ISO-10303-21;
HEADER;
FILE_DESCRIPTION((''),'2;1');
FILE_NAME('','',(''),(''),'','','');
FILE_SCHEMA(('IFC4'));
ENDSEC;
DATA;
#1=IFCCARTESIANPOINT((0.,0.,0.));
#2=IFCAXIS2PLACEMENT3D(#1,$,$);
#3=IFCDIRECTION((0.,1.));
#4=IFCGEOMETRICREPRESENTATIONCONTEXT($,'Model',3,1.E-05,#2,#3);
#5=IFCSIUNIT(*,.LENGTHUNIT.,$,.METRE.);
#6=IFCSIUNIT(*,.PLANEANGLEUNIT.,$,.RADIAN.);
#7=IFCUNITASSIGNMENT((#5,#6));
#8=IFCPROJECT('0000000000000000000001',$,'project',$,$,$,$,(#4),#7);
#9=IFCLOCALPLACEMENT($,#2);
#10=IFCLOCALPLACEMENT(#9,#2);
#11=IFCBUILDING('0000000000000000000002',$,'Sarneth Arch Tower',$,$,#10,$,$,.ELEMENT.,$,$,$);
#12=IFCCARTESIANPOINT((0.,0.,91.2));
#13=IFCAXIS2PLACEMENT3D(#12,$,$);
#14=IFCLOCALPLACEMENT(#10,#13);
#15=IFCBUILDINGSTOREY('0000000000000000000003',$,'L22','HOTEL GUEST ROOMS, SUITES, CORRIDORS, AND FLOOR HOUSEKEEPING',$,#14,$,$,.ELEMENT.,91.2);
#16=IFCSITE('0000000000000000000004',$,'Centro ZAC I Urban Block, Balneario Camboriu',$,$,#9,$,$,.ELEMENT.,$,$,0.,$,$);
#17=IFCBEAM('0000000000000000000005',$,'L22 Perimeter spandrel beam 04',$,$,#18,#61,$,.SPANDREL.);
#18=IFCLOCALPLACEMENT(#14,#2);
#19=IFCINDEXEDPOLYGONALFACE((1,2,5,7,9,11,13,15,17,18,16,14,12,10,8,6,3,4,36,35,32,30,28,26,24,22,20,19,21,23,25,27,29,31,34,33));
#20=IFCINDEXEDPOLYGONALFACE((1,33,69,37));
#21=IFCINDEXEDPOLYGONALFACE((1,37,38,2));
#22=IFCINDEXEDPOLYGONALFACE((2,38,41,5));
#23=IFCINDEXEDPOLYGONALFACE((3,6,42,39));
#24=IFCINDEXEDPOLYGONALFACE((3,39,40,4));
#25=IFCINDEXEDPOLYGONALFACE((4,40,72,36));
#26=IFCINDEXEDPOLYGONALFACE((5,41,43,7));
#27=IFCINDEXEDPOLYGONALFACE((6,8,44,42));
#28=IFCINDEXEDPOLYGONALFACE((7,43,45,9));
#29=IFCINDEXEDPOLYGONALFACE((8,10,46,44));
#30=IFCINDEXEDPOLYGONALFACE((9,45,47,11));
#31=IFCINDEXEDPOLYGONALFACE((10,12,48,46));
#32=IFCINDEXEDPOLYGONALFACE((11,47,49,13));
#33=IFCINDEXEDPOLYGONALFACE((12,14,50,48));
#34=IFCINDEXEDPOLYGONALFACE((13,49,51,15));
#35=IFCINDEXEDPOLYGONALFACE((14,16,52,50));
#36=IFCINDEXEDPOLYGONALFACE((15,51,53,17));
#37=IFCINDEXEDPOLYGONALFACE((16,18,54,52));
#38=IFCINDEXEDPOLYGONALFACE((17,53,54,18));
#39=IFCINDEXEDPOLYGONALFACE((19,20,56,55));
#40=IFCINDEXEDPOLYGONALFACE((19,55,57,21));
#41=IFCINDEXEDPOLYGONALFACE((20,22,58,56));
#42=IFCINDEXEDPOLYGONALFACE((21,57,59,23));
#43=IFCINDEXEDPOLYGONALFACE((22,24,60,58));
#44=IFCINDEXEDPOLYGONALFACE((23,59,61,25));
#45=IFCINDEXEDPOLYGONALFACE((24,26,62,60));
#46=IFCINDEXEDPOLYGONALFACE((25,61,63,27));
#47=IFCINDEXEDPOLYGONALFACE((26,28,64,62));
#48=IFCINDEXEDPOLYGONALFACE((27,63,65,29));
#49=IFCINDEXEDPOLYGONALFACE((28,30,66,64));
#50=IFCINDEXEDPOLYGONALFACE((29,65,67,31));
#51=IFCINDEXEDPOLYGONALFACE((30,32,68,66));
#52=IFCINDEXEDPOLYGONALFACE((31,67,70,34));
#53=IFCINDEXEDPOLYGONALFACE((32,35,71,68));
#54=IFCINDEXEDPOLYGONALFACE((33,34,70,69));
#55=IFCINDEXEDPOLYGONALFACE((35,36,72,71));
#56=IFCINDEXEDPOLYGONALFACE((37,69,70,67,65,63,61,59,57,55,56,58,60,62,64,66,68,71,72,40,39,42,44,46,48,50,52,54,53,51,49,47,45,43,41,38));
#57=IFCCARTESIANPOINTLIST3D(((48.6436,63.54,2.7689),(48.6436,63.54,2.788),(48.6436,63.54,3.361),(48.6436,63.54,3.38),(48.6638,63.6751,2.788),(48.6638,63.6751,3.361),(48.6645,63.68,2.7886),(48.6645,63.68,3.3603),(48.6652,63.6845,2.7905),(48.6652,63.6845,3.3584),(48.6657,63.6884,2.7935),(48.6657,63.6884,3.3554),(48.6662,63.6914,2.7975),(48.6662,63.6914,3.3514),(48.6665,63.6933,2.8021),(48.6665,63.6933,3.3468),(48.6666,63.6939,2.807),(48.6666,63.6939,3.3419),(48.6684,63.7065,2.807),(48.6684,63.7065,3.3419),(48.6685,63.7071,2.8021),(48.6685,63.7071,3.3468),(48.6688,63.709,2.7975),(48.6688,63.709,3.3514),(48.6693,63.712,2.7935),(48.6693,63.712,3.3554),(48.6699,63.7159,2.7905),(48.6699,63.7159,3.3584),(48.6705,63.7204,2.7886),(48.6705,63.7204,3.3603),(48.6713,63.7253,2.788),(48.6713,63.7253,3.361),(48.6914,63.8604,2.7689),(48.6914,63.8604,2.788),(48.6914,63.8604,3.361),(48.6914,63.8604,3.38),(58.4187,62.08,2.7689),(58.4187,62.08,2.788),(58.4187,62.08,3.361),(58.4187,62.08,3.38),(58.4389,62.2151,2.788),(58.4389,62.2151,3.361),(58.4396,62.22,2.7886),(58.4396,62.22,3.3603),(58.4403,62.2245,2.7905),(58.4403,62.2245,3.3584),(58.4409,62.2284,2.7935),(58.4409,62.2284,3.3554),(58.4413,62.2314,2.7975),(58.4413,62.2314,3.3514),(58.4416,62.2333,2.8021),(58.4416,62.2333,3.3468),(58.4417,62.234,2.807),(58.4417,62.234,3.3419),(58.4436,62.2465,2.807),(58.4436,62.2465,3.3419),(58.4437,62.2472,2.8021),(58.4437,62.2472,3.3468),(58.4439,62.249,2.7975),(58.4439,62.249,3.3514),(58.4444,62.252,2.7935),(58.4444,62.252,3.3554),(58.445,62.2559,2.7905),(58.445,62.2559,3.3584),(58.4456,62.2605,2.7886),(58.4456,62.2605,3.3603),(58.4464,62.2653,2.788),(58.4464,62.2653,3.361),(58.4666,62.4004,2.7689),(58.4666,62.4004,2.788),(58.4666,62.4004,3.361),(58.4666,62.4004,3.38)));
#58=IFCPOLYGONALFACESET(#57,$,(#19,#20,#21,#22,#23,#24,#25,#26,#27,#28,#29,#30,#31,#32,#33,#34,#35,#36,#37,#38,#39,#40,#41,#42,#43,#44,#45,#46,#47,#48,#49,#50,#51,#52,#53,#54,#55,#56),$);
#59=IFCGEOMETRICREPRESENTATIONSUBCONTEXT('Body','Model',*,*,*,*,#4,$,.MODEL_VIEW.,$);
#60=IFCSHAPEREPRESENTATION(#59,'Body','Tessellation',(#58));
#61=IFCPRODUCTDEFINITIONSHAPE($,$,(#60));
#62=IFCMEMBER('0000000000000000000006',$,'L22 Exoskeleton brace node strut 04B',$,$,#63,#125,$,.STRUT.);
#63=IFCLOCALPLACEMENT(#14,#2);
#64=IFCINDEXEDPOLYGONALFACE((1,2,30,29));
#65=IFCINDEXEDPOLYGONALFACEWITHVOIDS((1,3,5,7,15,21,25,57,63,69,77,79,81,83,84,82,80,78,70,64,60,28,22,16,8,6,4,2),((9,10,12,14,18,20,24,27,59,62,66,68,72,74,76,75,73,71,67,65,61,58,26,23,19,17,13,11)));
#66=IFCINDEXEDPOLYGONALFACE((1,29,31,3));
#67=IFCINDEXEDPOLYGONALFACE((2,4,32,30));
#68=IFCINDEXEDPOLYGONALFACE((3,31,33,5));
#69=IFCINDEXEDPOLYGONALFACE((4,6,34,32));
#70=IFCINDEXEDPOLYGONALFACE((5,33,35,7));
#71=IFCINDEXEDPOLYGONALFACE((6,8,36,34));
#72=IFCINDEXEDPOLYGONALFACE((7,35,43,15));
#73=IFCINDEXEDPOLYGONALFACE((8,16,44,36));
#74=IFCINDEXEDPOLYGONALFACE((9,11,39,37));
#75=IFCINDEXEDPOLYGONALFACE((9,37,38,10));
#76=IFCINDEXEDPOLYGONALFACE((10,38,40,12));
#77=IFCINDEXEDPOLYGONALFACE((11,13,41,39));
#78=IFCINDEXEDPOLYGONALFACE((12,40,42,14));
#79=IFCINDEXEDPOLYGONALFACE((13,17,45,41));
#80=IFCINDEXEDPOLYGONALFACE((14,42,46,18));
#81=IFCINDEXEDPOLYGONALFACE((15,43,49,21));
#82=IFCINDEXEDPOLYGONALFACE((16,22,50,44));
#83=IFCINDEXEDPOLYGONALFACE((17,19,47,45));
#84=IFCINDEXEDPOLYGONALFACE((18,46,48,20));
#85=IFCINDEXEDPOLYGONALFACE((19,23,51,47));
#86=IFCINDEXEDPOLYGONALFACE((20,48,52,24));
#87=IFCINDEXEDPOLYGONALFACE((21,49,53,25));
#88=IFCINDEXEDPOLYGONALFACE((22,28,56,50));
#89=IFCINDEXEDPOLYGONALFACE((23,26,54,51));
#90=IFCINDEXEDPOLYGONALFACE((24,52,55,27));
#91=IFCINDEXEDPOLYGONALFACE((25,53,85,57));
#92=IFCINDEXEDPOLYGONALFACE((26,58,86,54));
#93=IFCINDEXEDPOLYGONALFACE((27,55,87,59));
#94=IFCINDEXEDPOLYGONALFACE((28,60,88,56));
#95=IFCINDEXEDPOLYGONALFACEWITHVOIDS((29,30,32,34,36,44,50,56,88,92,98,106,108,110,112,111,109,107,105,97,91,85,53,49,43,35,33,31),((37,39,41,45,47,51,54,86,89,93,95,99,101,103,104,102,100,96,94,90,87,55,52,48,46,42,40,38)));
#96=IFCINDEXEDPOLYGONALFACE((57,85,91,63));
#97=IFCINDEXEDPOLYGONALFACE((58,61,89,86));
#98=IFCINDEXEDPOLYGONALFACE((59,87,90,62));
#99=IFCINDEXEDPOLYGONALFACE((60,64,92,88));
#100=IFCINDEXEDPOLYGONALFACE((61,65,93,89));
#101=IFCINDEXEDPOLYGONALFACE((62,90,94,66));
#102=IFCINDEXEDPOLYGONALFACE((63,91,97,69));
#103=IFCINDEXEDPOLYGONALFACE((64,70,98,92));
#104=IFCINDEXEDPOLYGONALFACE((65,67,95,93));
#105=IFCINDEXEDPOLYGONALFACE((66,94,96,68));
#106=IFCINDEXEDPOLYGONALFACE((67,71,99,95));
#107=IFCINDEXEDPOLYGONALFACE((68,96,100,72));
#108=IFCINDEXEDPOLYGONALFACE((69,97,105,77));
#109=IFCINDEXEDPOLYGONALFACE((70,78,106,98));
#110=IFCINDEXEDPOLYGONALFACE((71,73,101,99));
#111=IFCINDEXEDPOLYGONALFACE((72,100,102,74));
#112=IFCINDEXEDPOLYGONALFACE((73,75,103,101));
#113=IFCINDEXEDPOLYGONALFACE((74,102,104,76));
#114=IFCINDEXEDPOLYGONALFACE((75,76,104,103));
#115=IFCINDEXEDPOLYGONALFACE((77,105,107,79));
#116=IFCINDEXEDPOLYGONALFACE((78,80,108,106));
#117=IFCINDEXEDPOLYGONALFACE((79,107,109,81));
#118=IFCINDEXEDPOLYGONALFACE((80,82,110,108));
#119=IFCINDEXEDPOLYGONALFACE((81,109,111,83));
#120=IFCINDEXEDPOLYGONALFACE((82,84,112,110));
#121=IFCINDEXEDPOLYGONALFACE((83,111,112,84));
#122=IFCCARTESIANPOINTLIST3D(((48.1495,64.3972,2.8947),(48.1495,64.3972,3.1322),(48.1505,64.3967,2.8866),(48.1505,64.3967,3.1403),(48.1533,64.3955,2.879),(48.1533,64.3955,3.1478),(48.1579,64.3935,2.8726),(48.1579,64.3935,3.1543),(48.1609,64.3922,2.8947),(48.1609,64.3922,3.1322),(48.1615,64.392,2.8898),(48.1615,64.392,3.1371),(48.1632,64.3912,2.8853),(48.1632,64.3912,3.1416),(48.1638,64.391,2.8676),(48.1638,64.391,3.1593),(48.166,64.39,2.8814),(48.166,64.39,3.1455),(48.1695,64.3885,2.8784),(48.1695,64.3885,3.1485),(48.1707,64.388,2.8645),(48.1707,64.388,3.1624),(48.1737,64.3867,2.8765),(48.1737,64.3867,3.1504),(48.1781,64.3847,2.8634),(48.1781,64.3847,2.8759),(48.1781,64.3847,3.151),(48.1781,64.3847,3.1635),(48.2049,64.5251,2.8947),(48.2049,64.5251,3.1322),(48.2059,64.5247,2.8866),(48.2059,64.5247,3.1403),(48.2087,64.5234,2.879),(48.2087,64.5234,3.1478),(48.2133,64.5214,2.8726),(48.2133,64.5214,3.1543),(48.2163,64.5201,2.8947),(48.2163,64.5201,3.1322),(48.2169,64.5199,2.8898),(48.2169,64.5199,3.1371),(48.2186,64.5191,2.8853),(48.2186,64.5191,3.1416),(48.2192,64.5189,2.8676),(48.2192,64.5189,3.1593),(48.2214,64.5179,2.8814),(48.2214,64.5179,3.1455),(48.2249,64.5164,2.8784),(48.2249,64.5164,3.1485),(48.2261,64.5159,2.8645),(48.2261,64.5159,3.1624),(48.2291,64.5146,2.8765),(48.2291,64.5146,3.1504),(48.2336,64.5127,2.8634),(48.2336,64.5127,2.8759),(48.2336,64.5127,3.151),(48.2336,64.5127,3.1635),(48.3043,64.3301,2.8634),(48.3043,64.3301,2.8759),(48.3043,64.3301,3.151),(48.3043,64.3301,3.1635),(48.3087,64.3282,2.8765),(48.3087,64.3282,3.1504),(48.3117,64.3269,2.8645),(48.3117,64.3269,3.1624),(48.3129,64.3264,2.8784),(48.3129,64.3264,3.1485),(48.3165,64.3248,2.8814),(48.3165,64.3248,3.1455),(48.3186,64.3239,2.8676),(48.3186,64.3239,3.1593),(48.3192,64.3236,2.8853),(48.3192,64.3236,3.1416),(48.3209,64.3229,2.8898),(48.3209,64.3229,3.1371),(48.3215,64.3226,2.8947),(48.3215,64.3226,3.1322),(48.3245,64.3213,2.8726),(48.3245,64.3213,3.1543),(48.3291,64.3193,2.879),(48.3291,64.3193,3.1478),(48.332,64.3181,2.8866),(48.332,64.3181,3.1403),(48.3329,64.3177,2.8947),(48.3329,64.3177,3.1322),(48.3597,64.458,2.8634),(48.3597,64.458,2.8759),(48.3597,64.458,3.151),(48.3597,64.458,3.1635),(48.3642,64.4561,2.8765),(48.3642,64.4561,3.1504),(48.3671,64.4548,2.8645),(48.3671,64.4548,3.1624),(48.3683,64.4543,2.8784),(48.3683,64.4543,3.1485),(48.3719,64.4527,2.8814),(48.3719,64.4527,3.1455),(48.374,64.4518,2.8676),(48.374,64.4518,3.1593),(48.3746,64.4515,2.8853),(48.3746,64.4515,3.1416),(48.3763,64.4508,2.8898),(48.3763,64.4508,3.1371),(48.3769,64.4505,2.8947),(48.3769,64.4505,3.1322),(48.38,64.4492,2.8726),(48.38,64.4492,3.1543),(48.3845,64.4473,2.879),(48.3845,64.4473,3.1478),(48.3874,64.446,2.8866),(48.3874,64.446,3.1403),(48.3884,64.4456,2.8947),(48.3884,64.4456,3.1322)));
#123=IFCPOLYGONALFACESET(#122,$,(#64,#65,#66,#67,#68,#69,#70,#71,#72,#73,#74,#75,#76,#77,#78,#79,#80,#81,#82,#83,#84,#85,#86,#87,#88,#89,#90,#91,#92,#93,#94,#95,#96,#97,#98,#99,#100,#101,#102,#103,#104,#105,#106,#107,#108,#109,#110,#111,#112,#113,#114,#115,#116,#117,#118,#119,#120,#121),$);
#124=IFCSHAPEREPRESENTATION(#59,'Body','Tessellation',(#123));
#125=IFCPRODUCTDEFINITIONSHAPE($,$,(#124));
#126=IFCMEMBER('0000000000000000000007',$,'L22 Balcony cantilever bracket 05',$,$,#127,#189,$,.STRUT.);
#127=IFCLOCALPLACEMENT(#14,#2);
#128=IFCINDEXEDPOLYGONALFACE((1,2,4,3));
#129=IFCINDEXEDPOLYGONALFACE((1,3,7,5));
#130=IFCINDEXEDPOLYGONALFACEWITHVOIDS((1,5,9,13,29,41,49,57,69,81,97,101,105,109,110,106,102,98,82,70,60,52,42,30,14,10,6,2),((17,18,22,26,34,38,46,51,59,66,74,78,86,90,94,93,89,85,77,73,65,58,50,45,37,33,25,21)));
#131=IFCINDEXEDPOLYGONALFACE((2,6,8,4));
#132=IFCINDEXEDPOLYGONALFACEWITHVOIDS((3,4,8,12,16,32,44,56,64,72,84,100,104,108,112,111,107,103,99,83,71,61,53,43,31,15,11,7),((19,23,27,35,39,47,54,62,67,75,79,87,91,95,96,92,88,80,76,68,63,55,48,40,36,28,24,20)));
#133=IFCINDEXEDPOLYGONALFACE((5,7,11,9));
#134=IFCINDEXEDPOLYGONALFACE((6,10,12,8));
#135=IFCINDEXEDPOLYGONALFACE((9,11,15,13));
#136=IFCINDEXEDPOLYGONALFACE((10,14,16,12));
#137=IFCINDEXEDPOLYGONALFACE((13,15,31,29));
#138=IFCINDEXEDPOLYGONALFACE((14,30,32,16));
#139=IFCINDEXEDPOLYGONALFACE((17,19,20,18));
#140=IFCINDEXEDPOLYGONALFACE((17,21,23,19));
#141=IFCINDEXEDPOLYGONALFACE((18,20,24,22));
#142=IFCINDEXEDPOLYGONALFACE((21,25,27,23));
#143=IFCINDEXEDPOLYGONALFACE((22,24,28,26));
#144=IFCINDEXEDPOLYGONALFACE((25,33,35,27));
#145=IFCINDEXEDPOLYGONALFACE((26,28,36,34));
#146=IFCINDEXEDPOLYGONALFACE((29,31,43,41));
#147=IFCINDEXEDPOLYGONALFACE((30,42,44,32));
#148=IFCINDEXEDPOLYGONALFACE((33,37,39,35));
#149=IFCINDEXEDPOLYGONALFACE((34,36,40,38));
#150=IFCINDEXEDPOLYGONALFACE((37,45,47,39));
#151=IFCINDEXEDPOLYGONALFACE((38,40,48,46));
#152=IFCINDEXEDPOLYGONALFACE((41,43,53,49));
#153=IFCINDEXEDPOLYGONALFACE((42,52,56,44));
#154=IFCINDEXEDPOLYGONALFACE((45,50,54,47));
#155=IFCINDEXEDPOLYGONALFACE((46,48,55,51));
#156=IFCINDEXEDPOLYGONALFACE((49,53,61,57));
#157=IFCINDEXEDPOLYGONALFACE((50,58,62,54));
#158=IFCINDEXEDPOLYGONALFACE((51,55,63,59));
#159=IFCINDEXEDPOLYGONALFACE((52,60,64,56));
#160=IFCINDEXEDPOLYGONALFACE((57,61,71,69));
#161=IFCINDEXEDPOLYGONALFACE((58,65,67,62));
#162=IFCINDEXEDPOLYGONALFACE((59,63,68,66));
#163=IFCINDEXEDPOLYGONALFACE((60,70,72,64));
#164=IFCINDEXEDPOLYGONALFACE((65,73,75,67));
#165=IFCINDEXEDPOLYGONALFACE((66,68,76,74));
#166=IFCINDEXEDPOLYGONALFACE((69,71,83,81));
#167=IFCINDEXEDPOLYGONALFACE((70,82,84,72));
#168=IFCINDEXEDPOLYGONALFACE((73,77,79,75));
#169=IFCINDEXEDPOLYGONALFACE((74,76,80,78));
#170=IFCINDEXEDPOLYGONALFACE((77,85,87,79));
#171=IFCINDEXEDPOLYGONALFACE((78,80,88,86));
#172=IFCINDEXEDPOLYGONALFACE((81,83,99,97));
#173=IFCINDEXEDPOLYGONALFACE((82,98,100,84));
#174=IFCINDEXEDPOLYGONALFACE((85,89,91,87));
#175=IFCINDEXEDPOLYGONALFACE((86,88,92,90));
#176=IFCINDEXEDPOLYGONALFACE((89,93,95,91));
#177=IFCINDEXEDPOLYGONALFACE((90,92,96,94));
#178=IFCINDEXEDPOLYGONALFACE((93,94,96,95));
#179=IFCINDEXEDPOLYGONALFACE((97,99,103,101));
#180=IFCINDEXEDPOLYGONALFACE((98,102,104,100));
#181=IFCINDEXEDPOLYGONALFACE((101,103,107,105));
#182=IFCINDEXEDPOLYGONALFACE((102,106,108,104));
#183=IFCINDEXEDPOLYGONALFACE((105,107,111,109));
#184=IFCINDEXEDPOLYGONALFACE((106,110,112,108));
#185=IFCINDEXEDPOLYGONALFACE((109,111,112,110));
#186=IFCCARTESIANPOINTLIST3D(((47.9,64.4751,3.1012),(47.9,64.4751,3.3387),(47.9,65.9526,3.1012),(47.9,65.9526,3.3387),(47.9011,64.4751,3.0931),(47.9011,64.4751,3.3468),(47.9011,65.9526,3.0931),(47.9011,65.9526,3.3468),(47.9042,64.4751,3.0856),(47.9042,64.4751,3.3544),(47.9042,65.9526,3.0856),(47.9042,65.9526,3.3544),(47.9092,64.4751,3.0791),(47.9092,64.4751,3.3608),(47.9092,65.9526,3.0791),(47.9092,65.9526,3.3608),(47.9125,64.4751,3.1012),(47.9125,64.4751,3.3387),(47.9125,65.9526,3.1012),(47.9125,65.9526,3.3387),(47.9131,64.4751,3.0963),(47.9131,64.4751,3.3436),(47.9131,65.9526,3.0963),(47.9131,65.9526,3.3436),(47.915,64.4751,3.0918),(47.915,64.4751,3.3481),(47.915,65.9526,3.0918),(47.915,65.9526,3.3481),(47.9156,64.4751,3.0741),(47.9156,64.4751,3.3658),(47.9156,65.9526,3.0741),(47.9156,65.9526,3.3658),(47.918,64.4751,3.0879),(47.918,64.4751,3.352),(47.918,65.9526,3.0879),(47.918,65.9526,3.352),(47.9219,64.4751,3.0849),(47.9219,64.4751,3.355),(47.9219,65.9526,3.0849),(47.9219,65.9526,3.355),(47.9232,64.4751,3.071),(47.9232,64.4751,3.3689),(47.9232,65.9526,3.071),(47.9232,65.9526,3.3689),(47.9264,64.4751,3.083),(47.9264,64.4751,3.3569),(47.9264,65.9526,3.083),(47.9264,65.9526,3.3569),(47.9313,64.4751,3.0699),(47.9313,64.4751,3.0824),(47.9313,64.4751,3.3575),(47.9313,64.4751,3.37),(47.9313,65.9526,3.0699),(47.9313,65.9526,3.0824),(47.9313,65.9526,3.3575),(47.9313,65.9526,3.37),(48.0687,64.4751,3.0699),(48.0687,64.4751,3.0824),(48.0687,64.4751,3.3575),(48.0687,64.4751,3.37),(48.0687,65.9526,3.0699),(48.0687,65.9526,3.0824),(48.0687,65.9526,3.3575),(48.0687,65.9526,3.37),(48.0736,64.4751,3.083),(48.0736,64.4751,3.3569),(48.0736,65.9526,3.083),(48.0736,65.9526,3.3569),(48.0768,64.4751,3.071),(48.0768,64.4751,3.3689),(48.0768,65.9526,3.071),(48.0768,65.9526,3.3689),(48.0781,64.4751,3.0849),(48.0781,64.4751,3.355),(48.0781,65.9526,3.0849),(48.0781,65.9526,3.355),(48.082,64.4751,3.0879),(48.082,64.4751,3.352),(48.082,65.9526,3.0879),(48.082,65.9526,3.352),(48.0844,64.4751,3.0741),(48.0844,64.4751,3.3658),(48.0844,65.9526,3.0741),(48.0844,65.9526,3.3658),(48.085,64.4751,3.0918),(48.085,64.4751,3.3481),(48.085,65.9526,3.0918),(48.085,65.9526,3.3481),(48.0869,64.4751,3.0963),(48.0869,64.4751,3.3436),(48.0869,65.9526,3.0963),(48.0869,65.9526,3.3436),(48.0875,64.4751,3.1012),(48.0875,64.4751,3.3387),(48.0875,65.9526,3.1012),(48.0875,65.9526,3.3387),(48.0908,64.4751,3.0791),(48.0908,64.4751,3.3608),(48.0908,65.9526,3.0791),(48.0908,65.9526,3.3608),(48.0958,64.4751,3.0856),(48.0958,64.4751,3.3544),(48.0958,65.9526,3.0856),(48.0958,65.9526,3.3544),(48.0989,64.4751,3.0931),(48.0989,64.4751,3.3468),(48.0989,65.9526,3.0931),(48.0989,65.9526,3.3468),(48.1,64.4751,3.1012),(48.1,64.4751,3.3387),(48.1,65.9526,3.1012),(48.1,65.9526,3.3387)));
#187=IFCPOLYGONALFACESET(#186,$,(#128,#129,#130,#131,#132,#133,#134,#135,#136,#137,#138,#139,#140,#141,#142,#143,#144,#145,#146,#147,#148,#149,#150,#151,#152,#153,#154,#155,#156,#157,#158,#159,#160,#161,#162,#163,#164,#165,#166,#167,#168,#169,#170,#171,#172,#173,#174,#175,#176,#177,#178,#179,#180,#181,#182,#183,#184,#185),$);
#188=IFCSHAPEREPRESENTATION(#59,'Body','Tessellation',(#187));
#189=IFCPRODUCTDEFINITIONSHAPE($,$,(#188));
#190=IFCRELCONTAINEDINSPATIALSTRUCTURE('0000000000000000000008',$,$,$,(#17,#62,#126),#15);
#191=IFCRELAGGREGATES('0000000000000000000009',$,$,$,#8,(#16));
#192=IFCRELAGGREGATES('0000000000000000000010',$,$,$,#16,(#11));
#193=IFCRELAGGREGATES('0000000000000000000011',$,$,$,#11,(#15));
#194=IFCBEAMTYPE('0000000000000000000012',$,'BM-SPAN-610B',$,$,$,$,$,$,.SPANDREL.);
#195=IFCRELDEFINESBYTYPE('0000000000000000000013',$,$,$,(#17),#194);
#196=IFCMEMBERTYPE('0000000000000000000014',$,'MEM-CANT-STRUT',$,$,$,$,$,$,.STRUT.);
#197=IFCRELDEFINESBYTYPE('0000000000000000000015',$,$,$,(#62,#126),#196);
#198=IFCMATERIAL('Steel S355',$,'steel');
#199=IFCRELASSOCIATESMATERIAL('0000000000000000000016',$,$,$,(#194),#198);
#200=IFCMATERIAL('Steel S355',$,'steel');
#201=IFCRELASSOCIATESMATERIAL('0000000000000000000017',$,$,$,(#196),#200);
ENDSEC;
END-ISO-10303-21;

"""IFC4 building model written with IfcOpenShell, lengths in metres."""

from ifc_helpers import new_model, si_unit, direction, frame, origin, origin_2d, place, context, subcontext, project, spatial, hollow_rectangle, i_section, extrude, material, material_profile, profile_set, type_object, element, save


model = new_model("IFC4")

# Units and contexts
model_context = context("Model", 3, precision=1e-05, world=origin(), true_north=direction((0.0, 1.0)))
body_context = subcontext(model_context, "Body", "Model", "MODEL_VIEW")
ifc_project = project(units=[si_unit("LENGTHUNIT", "METRE"), si_unit("PLANEANGLEUNIT", "RADIAN")], contexts=[model_context])

# Site, building, storey
site_placement = place(None, origin())
site = spatial("IfcSite", under=ifc_project, at=site_placement, Name="Centro ZAC I Urban Block, Balneario Camboriu", CompositionType="ELEMENT", RefElevation=0.0)
building_placement = place(site_placement, origin())
building = spatial("IfcBuilding", under=site, at=building_placement, Name="Sarneth Arch Tower", CompositionType="ELEMENT")
storey_placement = place(building_placement, frame((0.0, 0.0, 91.2)))
storey = spatial("IfcBuildingStorey", under=building, at=storey_placement, Name="L22", Description="HOTEL GUEST ROOMS, SUITES, CORRIDORS, AND FLOOR HOUSEKEEPING", CompositionType="ELEMENT", Elevation=91.2)

# Beam
ifc_material_1 = material(Name="Steel S355", Category="steel")
ifc_material_profile_1 = material_profile(ifc_material_1, i_section(OverallWidth=0.324, OverallDepth=0.6111, WebThickness=0.0127, FlangeThickness=0.019, FilletRadius=0.019, at=origin_2d()), Name="W610x155")
ifc_profile_set_1 = profile_set([ifc_material_profile_1], Name="Steel S355")
beam_type_1 = type_object("IfcBeamType", Name="BM-SPAN-610B", PredefinedType="SPANDREL", material=ifc_profile_set_1)
beam_1_placement = place(storey_placement, frame((58.4426, 62.2402, 3.0745), z_axis=(-0.98903, 0.147716, 0.0), x_axis=(-0.147716, -0.98903, 0.0)))
element("IfcBeam", 1, at=beam_1_placement, inside=storey, type_object=beam_type_1, Name="L22 Perimeter spandrel beam 04", PredefinedType="SPANDREL", context=body_context, shape_type="SweptSolid", body=[
    extrude(i_section(OverallWidth=0.324, OverallDepth=0.6111, WebThickness=0.0127, FlangeThickness=0.019, FilletRadius=0.019, at=origin_2d()), origin(), (0.0, 0.0, 1.0), 9.8835),
])

# Members
ifc_material_2 = material(Name="Steel S355", Category="steel")
ifc_material_profile_2 = material_profile(ifc_material_2, hollow_rectangle(XDim=0.2, YDim=0.3, WallThickness=0.0125, InnerFilletRadius=0.0188, OuterFilletRadius=0.0312, at=origin_2d()), Name="RHS300x200x12.5")
ifc_profile_set_2 = profile_set([ifc_material_profile_2], Name="Steel S355")
member_type_1 = type_object("IfcMemberType", Name="MEM-CANT-STRUT", PredefinedType="STRUT", material=ifc_profile_set_2)
member_1_placement = place(storey_placement, frame((48.2412, 64.3574, 3.0134), z_axis=(0.397509, 0.917598, 0.0), x_axis=(-0.917598, 0.397509, 0.0)))
element("IfcMember", 2, at=member_1_placement, inside=storey, type_object=member_type_1, Name="L22 Exoskeleton brace node strut 04B", PredefinedType="STRUT", context=body_context, shape_type="SweptSolid", body=[
    extrude(hollow_rectangle(XDim=0.2, YDim=0.3, WallThickness=0.0125, InnerFilletRadius=0.0188, OuterFilletRadius=0.0312, at=origin_2d()), origin(), (0.0, 0.0, 1.0), 0.1394),
])
member_2_placement = place(storey_placement, frame((48.0, 64.4751, 3.22), z_axis=(0.0, 1.0, 0.0), x_axis=(-1.0, 0.0, 0.0)))
element("IfcMember", 3, at=member_2_placement, inside=storey, type_object=member_type_1, Name="L22 Balcony cantilever bracket 05", PredefinedType="STRUT", context=body_context, shape_type="SweptSolid", body=[
    extrude(hollow_rectangle(XDim=0.2, YDim=0.3, WallThickness=0.0125, InnerFilletRadius=0.0188, OuterFilletRadius=0.0312, at=origin_2d()), origin(), (0.0, 0.0, 1.0), 1.4775),
])

save(model, "model.ifc")
